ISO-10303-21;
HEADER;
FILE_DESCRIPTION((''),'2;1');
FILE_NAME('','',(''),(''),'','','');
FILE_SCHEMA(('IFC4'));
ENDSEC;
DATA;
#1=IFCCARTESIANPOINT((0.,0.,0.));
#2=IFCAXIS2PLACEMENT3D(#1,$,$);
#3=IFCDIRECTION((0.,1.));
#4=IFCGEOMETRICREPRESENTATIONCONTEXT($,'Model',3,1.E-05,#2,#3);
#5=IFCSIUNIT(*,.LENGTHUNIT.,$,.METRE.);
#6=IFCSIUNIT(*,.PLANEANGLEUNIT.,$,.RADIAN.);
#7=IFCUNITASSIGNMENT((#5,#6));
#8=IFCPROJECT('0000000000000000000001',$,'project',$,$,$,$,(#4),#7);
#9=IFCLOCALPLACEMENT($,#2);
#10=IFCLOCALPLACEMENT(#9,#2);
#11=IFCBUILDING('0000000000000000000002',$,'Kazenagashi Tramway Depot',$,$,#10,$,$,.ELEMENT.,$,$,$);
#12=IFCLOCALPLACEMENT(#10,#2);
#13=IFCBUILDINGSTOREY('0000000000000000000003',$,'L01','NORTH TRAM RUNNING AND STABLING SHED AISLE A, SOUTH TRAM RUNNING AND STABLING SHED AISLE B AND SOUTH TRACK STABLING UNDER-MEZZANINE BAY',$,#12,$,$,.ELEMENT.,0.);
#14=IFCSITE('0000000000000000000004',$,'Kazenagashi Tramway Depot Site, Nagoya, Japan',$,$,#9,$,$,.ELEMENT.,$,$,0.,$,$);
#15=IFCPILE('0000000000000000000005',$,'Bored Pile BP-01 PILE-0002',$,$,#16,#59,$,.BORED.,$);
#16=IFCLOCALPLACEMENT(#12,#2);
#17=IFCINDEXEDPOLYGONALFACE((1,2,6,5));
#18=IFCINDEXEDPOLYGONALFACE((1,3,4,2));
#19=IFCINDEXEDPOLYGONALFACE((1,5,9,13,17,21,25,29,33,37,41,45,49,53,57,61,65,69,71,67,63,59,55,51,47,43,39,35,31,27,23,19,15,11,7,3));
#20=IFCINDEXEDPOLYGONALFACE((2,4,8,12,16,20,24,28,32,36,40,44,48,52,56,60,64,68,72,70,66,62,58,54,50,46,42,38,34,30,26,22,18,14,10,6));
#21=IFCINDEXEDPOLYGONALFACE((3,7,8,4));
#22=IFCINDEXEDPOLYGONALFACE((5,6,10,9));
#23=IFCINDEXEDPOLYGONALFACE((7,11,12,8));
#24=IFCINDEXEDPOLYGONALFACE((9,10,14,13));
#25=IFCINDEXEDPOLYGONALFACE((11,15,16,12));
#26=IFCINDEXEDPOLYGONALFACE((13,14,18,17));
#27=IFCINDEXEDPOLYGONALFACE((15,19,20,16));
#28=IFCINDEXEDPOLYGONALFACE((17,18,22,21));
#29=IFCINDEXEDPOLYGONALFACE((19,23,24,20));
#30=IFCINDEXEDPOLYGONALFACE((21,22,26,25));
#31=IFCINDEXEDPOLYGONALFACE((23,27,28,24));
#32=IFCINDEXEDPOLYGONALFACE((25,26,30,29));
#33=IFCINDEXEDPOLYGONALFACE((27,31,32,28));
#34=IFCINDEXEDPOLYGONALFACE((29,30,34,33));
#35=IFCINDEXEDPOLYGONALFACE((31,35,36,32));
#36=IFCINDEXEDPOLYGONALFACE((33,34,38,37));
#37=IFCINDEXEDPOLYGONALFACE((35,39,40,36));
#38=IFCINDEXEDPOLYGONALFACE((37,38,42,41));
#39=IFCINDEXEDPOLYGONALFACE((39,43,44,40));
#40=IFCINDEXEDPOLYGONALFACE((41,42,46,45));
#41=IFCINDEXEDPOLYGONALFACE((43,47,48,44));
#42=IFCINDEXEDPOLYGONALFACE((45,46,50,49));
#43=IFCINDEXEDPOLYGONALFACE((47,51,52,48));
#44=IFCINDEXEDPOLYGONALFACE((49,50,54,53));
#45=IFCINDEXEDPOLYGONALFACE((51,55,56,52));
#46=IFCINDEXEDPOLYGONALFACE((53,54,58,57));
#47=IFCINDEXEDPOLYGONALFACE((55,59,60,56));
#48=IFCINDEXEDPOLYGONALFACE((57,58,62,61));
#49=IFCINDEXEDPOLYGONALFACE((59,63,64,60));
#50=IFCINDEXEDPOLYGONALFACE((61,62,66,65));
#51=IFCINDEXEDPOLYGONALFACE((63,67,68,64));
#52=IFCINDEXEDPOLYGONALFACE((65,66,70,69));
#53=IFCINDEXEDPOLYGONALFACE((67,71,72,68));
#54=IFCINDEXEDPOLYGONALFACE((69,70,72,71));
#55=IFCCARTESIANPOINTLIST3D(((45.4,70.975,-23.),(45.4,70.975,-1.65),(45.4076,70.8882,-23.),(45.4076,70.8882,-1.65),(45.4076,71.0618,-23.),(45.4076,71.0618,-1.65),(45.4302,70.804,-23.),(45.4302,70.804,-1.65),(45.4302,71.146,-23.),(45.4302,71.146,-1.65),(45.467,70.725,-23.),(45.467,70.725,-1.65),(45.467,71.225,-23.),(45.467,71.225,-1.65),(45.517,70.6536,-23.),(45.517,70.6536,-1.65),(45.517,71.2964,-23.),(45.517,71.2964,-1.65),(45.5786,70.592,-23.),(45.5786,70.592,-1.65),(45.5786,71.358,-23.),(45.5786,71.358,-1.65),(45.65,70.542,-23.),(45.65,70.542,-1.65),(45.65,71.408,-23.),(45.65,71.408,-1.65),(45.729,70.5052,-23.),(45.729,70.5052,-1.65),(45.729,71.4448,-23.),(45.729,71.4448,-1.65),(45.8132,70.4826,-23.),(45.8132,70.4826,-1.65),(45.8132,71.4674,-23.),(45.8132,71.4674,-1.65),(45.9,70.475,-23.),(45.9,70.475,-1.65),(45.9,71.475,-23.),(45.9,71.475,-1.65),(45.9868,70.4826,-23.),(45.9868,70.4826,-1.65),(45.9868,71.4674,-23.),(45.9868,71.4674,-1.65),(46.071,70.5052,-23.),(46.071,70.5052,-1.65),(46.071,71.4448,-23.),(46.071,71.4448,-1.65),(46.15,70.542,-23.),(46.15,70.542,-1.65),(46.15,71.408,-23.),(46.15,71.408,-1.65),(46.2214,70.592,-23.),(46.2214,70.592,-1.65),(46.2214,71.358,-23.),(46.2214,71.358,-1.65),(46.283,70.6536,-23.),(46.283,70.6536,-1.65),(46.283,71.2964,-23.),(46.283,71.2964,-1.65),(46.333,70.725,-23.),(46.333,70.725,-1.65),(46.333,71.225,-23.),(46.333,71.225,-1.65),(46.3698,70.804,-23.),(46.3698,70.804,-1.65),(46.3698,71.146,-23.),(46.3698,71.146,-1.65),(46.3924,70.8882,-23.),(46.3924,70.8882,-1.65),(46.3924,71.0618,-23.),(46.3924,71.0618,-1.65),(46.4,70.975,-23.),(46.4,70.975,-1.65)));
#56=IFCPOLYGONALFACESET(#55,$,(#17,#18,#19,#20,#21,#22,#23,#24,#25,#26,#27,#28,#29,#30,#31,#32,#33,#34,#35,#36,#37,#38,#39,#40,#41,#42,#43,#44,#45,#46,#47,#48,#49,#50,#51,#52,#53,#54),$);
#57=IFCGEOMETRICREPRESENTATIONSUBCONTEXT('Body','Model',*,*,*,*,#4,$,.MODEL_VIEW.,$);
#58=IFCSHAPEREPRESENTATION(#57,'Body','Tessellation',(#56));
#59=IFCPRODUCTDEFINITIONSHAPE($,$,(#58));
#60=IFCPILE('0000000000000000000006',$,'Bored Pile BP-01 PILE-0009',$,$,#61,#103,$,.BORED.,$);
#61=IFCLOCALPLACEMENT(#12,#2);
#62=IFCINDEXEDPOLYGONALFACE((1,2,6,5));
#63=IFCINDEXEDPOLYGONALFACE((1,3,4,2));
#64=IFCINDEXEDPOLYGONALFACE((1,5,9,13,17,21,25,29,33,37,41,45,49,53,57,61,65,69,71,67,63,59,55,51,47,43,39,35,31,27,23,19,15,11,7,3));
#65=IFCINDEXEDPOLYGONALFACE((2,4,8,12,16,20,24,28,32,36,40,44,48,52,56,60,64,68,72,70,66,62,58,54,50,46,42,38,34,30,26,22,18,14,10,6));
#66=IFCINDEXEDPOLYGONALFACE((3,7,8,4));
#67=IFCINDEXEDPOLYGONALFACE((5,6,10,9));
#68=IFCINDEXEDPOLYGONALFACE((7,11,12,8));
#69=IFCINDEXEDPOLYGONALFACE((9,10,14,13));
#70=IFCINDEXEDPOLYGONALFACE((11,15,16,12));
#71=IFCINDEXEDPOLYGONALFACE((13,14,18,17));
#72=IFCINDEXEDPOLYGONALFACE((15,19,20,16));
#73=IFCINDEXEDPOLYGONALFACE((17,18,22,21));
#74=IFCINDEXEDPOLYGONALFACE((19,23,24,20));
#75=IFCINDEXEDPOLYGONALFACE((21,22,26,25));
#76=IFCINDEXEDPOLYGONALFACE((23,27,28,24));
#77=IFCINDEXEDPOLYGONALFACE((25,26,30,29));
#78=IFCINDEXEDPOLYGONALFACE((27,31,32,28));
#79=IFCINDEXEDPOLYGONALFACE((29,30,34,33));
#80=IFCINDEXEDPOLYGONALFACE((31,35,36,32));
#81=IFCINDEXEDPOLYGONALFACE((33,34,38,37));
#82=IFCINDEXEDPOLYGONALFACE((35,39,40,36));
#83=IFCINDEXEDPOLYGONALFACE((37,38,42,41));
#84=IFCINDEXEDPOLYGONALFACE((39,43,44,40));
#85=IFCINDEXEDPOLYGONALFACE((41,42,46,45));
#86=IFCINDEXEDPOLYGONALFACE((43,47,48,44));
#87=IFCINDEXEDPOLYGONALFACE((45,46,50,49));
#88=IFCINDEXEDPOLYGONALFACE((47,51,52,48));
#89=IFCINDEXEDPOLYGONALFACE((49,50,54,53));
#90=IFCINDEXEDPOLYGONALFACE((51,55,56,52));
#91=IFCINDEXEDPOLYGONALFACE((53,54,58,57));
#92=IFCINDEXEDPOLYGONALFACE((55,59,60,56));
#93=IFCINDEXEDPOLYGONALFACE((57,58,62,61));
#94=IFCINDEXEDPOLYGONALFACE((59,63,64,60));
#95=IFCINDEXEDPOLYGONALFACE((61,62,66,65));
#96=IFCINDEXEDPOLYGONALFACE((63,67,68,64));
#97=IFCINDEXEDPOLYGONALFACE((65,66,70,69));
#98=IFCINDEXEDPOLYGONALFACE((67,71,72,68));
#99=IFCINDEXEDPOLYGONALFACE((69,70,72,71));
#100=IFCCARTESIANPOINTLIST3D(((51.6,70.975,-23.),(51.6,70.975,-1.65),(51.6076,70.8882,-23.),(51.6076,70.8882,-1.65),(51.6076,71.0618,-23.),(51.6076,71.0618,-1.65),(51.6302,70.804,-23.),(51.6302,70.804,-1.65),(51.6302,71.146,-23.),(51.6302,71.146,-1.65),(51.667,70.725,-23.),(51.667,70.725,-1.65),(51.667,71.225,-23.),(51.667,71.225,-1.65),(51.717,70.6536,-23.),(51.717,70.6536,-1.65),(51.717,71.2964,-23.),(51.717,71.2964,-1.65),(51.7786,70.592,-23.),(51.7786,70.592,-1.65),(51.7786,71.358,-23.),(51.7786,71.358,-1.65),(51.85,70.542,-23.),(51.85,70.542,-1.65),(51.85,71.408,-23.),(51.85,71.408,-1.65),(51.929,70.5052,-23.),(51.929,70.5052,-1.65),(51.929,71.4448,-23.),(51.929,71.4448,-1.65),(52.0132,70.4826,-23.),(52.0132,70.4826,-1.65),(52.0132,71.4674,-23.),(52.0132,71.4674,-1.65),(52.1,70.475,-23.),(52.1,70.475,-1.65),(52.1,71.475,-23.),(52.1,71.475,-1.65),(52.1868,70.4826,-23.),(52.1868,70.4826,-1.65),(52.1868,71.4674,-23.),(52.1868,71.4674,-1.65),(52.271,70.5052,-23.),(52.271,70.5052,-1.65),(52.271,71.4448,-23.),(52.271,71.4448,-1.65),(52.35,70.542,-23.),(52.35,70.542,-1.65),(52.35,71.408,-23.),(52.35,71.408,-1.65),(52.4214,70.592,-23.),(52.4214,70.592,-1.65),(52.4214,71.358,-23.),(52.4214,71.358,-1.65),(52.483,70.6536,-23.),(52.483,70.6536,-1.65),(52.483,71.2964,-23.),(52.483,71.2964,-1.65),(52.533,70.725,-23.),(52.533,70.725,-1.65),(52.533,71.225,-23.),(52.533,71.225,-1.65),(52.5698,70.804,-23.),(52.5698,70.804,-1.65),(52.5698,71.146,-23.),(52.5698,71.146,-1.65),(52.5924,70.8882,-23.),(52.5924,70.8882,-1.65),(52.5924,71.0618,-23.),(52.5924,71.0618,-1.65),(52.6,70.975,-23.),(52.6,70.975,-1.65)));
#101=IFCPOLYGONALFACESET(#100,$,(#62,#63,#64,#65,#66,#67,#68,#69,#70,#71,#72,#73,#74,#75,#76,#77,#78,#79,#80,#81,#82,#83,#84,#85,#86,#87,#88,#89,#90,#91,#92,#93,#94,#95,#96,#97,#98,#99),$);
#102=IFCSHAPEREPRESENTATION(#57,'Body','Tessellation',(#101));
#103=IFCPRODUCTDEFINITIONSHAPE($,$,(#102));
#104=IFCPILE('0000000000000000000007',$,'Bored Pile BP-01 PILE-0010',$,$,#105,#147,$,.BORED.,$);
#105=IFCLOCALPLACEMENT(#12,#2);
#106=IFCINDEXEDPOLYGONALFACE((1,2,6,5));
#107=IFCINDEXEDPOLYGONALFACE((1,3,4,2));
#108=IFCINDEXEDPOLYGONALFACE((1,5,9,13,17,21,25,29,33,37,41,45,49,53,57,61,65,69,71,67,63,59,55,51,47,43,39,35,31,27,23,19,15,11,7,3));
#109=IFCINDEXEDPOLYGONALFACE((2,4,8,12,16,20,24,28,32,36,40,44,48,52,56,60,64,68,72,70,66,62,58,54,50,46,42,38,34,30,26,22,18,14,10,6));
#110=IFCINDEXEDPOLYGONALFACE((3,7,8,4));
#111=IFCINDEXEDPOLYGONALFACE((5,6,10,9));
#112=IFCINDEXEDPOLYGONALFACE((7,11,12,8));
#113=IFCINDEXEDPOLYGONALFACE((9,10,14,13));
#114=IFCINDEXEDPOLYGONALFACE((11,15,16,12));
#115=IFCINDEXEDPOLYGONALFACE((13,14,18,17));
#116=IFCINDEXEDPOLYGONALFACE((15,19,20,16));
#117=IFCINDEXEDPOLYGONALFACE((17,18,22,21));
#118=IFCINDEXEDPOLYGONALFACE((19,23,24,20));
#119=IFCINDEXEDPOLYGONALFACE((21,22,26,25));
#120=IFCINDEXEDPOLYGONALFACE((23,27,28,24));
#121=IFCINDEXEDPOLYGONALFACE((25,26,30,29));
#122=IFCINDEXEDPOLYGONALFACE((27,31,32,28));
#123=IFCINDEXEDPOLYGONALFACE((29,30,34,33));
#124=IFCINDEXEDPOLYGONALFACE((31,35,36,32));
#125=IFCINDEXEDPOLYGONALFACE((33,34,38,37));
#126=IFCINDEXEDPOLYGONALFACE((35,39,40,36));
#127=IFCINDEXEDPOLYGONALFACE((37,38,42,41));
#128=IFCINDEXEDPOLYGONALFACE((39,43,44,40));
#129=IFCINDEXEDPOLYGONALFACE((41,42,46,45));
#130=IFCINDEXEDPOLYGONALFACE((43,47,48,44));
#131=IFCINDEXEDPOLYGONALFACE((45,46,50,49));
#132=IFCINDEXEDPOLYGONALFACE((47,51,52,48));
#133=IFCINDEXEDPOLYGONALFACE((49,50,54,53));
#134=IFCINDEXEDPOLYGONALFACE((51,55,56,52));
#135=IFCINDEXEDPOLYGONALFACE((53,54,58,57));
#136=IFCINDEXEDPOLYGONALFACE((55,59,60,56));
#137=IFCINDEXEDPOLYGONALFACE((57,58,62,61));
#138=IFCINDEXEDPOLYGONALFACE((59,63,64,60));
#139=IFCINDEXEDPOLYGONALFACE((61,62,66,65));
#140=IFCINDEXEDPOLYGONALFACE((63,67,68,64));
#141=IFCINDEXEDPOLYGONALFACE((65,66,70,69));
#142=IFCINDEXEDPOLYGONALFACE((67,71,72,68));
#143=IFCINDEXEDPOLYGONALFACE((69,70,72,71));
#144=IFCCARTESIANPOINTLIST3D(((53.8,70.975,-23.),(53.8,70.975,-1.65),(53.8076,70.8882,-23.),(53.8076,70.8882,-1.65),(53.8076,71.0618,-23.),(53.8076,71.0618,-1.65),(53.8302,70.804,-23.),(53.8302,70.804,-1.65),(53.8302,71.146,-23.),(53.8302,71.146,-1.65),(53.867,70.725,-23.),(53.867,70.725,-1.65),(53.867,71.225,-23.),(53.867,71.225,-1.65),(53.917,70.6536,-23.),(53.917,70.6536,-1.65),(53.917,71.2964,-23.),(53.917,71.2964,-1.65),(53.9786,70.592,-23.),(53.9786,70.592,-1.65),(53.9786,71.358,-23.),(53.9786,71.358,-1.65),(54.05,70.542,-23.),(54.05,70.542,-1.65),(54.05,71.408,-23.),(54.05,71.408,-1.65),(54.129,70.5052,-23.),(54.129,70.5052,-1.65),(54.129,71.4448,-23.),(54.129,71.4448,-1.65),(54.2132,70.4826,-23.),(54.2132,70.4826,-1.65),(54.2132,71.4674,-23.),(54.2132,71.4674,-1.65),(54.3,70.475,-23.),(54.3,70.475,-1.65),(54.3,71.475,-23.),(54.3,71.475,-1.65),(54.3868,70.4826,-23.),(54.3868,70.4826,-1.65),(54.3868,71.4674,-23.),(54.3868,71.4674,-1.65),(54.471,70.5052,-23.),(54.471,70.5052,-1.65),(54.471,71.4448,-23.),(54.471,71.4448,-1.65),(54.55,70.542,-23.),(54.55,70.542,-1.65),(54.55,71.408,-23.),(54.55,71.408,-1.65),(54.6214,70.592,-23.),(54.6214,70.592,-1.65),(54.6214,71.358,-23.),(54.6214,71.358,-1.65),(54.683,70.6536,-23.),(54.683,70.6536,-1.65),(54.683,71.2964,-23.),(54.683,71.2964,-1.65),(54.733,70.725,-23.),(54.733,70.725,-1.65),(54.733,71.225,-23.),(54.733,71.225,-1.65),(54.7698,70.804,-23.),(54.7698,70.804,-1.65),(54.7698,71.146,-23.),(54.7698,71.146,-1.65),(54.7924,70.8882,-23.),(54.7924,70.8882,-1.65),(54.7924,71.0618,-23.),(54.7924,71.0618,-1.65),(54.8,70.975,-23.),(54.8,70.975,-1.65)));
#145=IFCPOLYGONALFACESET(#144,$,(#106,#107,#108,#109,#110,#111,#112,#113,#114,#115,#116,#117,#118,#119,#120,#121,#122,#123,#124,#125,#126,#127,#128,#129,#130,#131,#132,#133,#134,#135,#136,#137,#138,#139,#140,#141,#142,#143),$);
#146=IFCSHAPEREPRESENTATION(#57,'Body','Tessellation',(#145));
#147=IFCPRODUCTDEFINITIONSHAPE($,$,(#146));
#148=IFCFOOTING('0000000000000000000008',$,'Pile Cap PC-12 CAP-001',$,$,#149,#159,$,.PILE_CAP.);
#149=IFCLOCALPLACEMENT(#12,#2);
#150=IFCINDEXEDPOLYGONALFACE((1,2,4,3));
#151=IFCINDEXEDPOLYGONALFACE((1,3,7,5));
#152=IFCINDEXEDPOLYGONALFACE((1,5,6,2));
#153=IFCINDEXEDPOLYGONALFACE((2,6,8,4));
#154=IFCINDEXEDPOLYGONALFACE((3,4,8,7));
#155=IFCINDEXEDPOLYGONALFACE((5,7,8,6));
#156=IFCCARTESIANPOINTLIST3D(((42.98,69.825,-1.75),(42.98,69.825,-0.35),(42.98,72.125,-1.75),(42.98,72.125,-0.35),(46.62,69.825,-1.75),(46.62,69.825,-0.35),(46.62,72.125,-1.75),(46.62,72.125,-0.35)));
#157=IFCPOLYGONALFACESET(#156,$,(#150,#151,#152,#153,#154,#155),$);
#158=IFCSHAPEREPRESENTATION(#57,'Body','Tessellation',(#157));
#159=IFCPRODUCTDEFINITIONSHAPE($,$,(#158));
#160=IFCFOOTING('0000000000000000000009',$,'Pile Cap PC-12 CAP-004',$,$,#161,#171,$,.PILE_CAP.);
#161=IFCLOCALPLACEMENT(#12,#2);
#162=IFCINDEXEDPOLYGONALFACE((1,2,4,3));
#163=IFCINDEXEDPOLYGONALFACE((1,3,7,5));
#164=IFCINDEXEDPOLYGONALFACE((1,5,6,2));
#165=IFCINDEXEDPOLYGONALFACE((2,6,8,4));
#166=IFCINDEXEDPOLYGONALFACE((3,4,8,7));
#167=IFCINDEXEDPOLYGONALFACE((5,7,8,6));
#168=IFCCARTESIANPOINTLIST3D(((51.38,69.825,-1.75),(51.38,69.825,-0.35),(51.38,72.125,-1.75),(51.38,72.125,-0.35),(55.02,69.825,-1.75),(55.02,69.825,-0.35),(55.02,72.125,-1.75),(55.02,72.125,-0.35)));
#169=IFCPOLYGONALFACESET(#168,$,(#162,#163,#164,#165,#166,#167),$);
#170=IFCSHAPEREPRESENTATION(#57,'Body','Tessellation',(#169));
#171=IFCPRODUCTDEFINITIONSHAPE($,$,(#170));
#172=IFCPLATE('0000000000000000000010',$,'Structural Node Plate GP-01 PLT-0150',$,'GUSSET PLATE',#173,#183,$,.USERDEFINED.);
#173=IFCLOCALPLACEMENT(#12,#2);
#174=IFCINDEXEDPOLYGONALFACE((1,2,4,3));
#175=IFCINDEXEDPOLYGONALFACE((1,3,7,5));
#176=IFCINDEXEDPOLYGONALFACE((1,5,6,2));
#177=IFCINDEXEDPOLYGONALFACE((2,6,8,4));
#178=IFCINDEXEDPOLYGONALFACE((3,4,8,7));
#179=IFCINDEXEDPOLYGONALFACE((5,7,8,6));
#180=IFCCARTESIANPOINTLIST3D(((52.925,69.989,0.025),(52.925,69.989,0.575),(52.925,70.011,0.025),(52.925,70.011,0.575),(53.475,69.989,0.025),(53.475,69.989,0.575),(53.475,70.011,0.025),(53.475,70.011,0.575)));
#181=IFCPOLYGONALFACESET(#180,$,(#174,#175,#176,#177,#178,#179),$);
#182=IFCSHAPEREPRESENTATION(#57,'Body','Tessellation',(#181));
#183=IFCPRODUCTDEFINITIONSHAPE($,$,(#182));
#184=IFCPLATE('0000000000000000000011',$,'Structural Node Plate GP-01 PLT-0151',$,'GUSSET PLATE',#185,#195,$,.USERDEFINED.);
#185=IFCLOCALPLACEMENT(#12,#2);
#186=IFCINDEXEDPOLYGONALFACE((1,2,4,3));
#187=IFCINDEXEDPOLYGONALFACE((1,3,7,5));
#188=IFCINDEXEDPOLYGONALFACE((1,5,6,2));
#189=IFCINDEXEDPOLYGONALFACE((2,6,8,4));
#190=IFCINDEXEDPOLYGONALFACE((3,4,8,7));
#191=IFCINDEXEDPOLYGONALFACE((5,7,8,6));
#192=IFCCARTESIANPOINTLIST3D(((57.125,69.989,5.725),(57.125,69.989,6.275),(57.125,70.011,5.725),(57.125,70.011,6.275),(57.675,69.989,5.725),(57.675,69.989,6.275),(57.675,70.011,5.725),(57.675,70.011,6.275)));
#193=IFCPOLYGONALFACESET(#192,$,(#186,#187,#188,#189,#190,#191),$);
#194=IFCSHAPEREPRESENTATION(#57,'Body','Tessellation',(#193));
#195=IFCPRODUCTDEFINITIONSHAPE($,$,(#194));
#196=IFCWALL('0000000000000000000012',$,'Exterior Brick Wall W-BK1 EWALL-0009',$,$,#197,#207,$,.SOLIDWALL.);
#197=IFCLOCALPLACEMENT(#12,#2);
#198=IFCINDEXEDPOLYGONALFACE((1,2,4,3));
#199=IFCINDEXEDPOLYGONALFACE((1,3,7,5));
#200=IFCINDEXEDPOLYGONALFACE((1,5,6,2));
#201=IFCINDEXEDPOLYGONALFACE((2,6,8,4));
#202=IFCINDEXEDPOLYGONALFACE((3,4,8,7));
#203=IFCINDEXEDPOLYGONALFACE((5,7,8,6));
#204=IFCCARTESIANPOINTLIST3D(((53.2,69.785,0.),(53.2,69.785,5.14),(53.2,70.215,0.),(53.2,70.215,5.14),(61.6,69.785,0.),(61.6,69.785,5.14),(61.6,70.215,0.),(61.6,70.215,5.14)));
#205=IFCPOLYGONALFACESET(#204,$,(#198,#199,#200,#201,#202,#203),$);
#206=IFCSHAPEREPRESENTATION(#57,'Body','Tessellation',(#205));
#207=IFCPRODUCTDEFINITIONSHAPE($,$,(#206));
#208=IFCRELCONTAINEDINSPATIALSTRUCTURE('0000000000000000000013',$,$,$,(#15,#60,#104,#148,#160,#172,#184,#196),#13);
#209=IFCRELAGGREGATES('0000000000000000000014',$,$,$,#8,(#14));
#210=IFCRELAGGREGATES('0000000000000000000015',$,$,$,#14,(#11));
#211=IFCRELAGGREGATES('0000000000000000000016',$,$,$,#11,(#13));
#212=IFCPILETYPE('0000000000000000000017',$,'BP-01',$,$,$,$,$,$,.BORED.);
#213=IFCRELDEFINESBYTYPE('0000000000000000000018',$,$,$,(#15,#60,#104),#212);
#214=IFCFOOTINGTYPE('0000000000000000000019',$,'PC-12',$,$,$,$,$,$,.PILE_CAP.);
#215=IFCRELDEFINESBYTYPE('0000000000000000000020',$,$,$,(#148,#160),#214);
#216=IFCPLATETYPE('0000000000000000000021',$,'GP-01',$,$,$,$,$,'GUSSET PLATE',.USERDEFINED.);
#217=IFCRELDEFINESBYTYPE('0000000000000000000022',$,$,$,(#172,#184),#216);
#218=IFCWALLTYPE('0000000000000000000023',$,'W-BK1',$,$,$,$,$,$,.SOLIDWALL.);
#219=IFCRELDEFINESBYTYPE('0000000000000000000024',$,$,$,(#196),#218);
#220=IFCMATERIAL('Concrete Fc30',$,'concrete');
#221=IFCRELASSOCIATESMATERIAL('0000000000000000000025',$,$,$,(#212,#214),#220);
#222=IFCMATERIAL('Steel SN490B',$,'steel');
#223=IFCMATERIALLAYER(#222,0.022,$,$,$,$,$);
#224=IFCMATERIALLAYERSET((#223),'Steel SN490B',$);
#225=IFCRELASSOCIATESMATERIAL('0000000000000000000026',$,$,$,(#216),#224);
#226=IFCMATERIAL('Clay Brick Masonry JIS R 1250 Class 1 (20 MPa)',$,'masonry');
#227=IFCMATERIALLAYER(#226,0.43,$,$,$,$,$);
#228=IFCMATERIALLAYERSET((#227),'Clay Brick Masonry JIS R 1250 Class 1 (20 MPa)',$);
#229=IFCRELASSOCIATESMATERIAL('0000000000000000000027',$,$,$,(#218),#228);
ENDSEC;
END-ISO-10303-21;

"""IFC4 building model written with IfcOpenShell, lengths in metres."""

from ifc_helpers import new_model, si_unit, direction, frame, frame_2d, origin, origin_2d, place, context, subcontext, project, spatial, rectangle, circle, extrude, material, layer, layer_set, material_profile, profile_set, type_object, element, save


model = new_model("IFC4")

# Units and contexts
model_context = context("Model", 3, precision=1e-05, world=origin(), true_north=direction((0.0, 1.0)))
body_context = subcontext(model_context, "Body", "Model", "MODEL_VIEW")
ifc_project = project(units=[si_unit("LENGTHUNIT", "METRE"), si_unit("PLANEANGLEUNIT", "RADIAN")], contexts=[model_context])

# Site, building, storey
site_placement = place(None, origin())
site = spatial("IfcSite", under=ifc_project, at=site_placement, Name="Kazenagashi Tramway Depot Site, Nagoya, Japan", CompositionType="ELEMENT", RefElevation=0.0)
building_placement = place(site_placement, origin())
building = spatial("IfcBuilding", under=site, at=building_placement, Name="Kazenagashi Tramway Depot", CompositionType="ELEMENT")
storey_placement = place(building_placement, origin())
storey = spatial("IfcBuildingStorey", under=building, at=storey_placement, Name="L01", Description="NORTH TRAM RUNNING AND STABLING SHED AISLE A, SOUTH TRAM RUNNING AND STABLING SHED AISLE B AND SOUTH TRACK STABLING UNDER-MEZZANINE BAY", CompositionType="ELEMENT", Elevation=0.0)

# Piles
ifc_material_1 = material(Name="Concrete Fc30", Category="concrete")
ifc_material_profile = material_profile(ifc_material_1, circle(Radius=0.5, at=origin_2d()), Name="PILE-1000")
ifc_profile_set = profile_set([ifc_material_profile], Name="Concrete Fc30")
pile_type = type_object("IfcPileType", Name="BP-01", PredefinedType="BORED", material=ifc_profile_set)
for number, where, z_axis, x_axis, name in (
    (1, (45.9, 70.975, -1.65), (0.0, 0.0, -1.0), (1.0, 0.0, 0.0), "Bored Pile BP-01 PILE-0002"),
    (2, (52.1, 70.975, -1.65), (0.0, 0.0, -1.0), (1.0, 0.0, 0.0), "Bored Pile BP-01 PILE-0009"),
    (3, (54.3, 70.975, -1.65), (0.0, 0.0, -1.0), (1.0, 0.0, 0.0), "Bored Pile BP-01 PILE-0010"),
):
    element("IfcPile", number, at=place(storey_placement, frame(where, z_axis=z_axis, x_axis=x_axis)), inside=storey, type_object=pile_type, Name=name, PredefinedType="BORED", context=body_context, shape_type="SweptSolid", body=[
        extrude(circle(Radius=0.5, at=origin_2d()), origin(), (0.0, 0.0, 1.0), 21.35),
    ])

# Footings
footing_type = type_object("IfcFootingType", Name="PC-12", PredefinedType="PILE_CAP", material=ifc_material_1)
for number, where, z_axis, x_axis, name in (
    (4, (44.8, 70.975, -1.75), (0.0, 0.0, 1.0), (1.0, 0.0, 0.0), "Pile Cap PC-12 CAP-001"),
    (5, (53.2, 70.975, -1.75), (0.0, 0.0, 1.0), (1.0, 0.0, 0.0), "Pile Cap PC-12 CAP-004"),
):
    element("IfcFooting", number, at=place(storey_placement, frame(where, z_axis=z_axis, x_axis=x_axis)), inside=storey, type_object=footing_type, Name=name, PredefinedType="PILE_CAP", context=body_context, shape_type="SweptSolid", body=[
        extrude(rectangle(XDim=3.64, YDim=2.3, at=origin_2d()), origin(), (0.0, 0.0, 1.0), 1.4),
    ])

# Plates
ifc_material_2 = material(Name="Steel SN490B", Category="steel")
ifc_layer_1 = layer(ifc_material_2, 0.022)
ifc_layer_set_1 = layer_set([ifc_layer_1], Name="Steel SN490B")
plate_type = type_object("IfcPlateType", Name="GP-01", ElementType="GUSSET PLATE", PredefinedType="USERDEFINED", material=ifc_layer_set_1)
for number, where, z_axis, x_axis, name in (
    (6, (53.2, 70.0, 0.025), (0.0, 0.0, 1.0), (1.0, 0.0, 0.0), "Structural Node Plate GP-01 PLT-0150"),
    (7, (57.4, 70.0, 5.725), (0.0, 0.0, 1.0), (1.0, 0.0, 0.0), "Structural Node Plate GP-01 PLT-0151"),
):
    element("IfcPlate", number, at=place(storey_placement, frame(where, z_axis=z_axis, x_axis=x_axis)), inside=storey, type_object=plate_type, Name=name, ObjectType="GUSSET PLATE", PredefinedType="USERDEFINED", context=body_context, shape_type="SweptSolid", body=[
        extrude(rectangle(XDim=0.55, YDim=0.022, at=origin_2d()), origin(), (0.0, 0.0, 1.0), 0.55),
    ])

# Wall
ifc_material_3 = material(Name="Clay Brick Masonry JIS R 1250 Class 1 (20 MPa)", Category="masonry")
ifc_layer_2 = layer(ifc_material_3, 0.43)
ifc_layer_set_2 = layer_set([ifc_layer_2], Name="Clay Brick Masonry JIS R 1250 Class 1 (20 MPa)")
wall_type_1 = type_object("IfcWallType", Name="W-BK1", PredefinedType="SOLIDWALL", material=ifc_layer_set_2)
wall_1_placement = place(storey_placement, frame((53.2, 70.0, 0.0), z_axis=(0.0, 0.0, 1.0), x_axis=(1.0, 0.0, 0.0)))
element("IfcWall", 8, at=wall_1_placement, inside=storey, type_object=wall_type_1, Name="Exterior Brick Wall W-BK1 EWALL-0009", PredefinedType="SOLIDWALL", context=body_context, shape_type="SweptSolid", body=[
    extrude(rectangle(XDim=8.4, YDim=0.43, at=frame_2d((4.2, 0.0))), origin(), (0.0, 0.0, 1.0), 5.14),
])

save(model, "model.ifc")
